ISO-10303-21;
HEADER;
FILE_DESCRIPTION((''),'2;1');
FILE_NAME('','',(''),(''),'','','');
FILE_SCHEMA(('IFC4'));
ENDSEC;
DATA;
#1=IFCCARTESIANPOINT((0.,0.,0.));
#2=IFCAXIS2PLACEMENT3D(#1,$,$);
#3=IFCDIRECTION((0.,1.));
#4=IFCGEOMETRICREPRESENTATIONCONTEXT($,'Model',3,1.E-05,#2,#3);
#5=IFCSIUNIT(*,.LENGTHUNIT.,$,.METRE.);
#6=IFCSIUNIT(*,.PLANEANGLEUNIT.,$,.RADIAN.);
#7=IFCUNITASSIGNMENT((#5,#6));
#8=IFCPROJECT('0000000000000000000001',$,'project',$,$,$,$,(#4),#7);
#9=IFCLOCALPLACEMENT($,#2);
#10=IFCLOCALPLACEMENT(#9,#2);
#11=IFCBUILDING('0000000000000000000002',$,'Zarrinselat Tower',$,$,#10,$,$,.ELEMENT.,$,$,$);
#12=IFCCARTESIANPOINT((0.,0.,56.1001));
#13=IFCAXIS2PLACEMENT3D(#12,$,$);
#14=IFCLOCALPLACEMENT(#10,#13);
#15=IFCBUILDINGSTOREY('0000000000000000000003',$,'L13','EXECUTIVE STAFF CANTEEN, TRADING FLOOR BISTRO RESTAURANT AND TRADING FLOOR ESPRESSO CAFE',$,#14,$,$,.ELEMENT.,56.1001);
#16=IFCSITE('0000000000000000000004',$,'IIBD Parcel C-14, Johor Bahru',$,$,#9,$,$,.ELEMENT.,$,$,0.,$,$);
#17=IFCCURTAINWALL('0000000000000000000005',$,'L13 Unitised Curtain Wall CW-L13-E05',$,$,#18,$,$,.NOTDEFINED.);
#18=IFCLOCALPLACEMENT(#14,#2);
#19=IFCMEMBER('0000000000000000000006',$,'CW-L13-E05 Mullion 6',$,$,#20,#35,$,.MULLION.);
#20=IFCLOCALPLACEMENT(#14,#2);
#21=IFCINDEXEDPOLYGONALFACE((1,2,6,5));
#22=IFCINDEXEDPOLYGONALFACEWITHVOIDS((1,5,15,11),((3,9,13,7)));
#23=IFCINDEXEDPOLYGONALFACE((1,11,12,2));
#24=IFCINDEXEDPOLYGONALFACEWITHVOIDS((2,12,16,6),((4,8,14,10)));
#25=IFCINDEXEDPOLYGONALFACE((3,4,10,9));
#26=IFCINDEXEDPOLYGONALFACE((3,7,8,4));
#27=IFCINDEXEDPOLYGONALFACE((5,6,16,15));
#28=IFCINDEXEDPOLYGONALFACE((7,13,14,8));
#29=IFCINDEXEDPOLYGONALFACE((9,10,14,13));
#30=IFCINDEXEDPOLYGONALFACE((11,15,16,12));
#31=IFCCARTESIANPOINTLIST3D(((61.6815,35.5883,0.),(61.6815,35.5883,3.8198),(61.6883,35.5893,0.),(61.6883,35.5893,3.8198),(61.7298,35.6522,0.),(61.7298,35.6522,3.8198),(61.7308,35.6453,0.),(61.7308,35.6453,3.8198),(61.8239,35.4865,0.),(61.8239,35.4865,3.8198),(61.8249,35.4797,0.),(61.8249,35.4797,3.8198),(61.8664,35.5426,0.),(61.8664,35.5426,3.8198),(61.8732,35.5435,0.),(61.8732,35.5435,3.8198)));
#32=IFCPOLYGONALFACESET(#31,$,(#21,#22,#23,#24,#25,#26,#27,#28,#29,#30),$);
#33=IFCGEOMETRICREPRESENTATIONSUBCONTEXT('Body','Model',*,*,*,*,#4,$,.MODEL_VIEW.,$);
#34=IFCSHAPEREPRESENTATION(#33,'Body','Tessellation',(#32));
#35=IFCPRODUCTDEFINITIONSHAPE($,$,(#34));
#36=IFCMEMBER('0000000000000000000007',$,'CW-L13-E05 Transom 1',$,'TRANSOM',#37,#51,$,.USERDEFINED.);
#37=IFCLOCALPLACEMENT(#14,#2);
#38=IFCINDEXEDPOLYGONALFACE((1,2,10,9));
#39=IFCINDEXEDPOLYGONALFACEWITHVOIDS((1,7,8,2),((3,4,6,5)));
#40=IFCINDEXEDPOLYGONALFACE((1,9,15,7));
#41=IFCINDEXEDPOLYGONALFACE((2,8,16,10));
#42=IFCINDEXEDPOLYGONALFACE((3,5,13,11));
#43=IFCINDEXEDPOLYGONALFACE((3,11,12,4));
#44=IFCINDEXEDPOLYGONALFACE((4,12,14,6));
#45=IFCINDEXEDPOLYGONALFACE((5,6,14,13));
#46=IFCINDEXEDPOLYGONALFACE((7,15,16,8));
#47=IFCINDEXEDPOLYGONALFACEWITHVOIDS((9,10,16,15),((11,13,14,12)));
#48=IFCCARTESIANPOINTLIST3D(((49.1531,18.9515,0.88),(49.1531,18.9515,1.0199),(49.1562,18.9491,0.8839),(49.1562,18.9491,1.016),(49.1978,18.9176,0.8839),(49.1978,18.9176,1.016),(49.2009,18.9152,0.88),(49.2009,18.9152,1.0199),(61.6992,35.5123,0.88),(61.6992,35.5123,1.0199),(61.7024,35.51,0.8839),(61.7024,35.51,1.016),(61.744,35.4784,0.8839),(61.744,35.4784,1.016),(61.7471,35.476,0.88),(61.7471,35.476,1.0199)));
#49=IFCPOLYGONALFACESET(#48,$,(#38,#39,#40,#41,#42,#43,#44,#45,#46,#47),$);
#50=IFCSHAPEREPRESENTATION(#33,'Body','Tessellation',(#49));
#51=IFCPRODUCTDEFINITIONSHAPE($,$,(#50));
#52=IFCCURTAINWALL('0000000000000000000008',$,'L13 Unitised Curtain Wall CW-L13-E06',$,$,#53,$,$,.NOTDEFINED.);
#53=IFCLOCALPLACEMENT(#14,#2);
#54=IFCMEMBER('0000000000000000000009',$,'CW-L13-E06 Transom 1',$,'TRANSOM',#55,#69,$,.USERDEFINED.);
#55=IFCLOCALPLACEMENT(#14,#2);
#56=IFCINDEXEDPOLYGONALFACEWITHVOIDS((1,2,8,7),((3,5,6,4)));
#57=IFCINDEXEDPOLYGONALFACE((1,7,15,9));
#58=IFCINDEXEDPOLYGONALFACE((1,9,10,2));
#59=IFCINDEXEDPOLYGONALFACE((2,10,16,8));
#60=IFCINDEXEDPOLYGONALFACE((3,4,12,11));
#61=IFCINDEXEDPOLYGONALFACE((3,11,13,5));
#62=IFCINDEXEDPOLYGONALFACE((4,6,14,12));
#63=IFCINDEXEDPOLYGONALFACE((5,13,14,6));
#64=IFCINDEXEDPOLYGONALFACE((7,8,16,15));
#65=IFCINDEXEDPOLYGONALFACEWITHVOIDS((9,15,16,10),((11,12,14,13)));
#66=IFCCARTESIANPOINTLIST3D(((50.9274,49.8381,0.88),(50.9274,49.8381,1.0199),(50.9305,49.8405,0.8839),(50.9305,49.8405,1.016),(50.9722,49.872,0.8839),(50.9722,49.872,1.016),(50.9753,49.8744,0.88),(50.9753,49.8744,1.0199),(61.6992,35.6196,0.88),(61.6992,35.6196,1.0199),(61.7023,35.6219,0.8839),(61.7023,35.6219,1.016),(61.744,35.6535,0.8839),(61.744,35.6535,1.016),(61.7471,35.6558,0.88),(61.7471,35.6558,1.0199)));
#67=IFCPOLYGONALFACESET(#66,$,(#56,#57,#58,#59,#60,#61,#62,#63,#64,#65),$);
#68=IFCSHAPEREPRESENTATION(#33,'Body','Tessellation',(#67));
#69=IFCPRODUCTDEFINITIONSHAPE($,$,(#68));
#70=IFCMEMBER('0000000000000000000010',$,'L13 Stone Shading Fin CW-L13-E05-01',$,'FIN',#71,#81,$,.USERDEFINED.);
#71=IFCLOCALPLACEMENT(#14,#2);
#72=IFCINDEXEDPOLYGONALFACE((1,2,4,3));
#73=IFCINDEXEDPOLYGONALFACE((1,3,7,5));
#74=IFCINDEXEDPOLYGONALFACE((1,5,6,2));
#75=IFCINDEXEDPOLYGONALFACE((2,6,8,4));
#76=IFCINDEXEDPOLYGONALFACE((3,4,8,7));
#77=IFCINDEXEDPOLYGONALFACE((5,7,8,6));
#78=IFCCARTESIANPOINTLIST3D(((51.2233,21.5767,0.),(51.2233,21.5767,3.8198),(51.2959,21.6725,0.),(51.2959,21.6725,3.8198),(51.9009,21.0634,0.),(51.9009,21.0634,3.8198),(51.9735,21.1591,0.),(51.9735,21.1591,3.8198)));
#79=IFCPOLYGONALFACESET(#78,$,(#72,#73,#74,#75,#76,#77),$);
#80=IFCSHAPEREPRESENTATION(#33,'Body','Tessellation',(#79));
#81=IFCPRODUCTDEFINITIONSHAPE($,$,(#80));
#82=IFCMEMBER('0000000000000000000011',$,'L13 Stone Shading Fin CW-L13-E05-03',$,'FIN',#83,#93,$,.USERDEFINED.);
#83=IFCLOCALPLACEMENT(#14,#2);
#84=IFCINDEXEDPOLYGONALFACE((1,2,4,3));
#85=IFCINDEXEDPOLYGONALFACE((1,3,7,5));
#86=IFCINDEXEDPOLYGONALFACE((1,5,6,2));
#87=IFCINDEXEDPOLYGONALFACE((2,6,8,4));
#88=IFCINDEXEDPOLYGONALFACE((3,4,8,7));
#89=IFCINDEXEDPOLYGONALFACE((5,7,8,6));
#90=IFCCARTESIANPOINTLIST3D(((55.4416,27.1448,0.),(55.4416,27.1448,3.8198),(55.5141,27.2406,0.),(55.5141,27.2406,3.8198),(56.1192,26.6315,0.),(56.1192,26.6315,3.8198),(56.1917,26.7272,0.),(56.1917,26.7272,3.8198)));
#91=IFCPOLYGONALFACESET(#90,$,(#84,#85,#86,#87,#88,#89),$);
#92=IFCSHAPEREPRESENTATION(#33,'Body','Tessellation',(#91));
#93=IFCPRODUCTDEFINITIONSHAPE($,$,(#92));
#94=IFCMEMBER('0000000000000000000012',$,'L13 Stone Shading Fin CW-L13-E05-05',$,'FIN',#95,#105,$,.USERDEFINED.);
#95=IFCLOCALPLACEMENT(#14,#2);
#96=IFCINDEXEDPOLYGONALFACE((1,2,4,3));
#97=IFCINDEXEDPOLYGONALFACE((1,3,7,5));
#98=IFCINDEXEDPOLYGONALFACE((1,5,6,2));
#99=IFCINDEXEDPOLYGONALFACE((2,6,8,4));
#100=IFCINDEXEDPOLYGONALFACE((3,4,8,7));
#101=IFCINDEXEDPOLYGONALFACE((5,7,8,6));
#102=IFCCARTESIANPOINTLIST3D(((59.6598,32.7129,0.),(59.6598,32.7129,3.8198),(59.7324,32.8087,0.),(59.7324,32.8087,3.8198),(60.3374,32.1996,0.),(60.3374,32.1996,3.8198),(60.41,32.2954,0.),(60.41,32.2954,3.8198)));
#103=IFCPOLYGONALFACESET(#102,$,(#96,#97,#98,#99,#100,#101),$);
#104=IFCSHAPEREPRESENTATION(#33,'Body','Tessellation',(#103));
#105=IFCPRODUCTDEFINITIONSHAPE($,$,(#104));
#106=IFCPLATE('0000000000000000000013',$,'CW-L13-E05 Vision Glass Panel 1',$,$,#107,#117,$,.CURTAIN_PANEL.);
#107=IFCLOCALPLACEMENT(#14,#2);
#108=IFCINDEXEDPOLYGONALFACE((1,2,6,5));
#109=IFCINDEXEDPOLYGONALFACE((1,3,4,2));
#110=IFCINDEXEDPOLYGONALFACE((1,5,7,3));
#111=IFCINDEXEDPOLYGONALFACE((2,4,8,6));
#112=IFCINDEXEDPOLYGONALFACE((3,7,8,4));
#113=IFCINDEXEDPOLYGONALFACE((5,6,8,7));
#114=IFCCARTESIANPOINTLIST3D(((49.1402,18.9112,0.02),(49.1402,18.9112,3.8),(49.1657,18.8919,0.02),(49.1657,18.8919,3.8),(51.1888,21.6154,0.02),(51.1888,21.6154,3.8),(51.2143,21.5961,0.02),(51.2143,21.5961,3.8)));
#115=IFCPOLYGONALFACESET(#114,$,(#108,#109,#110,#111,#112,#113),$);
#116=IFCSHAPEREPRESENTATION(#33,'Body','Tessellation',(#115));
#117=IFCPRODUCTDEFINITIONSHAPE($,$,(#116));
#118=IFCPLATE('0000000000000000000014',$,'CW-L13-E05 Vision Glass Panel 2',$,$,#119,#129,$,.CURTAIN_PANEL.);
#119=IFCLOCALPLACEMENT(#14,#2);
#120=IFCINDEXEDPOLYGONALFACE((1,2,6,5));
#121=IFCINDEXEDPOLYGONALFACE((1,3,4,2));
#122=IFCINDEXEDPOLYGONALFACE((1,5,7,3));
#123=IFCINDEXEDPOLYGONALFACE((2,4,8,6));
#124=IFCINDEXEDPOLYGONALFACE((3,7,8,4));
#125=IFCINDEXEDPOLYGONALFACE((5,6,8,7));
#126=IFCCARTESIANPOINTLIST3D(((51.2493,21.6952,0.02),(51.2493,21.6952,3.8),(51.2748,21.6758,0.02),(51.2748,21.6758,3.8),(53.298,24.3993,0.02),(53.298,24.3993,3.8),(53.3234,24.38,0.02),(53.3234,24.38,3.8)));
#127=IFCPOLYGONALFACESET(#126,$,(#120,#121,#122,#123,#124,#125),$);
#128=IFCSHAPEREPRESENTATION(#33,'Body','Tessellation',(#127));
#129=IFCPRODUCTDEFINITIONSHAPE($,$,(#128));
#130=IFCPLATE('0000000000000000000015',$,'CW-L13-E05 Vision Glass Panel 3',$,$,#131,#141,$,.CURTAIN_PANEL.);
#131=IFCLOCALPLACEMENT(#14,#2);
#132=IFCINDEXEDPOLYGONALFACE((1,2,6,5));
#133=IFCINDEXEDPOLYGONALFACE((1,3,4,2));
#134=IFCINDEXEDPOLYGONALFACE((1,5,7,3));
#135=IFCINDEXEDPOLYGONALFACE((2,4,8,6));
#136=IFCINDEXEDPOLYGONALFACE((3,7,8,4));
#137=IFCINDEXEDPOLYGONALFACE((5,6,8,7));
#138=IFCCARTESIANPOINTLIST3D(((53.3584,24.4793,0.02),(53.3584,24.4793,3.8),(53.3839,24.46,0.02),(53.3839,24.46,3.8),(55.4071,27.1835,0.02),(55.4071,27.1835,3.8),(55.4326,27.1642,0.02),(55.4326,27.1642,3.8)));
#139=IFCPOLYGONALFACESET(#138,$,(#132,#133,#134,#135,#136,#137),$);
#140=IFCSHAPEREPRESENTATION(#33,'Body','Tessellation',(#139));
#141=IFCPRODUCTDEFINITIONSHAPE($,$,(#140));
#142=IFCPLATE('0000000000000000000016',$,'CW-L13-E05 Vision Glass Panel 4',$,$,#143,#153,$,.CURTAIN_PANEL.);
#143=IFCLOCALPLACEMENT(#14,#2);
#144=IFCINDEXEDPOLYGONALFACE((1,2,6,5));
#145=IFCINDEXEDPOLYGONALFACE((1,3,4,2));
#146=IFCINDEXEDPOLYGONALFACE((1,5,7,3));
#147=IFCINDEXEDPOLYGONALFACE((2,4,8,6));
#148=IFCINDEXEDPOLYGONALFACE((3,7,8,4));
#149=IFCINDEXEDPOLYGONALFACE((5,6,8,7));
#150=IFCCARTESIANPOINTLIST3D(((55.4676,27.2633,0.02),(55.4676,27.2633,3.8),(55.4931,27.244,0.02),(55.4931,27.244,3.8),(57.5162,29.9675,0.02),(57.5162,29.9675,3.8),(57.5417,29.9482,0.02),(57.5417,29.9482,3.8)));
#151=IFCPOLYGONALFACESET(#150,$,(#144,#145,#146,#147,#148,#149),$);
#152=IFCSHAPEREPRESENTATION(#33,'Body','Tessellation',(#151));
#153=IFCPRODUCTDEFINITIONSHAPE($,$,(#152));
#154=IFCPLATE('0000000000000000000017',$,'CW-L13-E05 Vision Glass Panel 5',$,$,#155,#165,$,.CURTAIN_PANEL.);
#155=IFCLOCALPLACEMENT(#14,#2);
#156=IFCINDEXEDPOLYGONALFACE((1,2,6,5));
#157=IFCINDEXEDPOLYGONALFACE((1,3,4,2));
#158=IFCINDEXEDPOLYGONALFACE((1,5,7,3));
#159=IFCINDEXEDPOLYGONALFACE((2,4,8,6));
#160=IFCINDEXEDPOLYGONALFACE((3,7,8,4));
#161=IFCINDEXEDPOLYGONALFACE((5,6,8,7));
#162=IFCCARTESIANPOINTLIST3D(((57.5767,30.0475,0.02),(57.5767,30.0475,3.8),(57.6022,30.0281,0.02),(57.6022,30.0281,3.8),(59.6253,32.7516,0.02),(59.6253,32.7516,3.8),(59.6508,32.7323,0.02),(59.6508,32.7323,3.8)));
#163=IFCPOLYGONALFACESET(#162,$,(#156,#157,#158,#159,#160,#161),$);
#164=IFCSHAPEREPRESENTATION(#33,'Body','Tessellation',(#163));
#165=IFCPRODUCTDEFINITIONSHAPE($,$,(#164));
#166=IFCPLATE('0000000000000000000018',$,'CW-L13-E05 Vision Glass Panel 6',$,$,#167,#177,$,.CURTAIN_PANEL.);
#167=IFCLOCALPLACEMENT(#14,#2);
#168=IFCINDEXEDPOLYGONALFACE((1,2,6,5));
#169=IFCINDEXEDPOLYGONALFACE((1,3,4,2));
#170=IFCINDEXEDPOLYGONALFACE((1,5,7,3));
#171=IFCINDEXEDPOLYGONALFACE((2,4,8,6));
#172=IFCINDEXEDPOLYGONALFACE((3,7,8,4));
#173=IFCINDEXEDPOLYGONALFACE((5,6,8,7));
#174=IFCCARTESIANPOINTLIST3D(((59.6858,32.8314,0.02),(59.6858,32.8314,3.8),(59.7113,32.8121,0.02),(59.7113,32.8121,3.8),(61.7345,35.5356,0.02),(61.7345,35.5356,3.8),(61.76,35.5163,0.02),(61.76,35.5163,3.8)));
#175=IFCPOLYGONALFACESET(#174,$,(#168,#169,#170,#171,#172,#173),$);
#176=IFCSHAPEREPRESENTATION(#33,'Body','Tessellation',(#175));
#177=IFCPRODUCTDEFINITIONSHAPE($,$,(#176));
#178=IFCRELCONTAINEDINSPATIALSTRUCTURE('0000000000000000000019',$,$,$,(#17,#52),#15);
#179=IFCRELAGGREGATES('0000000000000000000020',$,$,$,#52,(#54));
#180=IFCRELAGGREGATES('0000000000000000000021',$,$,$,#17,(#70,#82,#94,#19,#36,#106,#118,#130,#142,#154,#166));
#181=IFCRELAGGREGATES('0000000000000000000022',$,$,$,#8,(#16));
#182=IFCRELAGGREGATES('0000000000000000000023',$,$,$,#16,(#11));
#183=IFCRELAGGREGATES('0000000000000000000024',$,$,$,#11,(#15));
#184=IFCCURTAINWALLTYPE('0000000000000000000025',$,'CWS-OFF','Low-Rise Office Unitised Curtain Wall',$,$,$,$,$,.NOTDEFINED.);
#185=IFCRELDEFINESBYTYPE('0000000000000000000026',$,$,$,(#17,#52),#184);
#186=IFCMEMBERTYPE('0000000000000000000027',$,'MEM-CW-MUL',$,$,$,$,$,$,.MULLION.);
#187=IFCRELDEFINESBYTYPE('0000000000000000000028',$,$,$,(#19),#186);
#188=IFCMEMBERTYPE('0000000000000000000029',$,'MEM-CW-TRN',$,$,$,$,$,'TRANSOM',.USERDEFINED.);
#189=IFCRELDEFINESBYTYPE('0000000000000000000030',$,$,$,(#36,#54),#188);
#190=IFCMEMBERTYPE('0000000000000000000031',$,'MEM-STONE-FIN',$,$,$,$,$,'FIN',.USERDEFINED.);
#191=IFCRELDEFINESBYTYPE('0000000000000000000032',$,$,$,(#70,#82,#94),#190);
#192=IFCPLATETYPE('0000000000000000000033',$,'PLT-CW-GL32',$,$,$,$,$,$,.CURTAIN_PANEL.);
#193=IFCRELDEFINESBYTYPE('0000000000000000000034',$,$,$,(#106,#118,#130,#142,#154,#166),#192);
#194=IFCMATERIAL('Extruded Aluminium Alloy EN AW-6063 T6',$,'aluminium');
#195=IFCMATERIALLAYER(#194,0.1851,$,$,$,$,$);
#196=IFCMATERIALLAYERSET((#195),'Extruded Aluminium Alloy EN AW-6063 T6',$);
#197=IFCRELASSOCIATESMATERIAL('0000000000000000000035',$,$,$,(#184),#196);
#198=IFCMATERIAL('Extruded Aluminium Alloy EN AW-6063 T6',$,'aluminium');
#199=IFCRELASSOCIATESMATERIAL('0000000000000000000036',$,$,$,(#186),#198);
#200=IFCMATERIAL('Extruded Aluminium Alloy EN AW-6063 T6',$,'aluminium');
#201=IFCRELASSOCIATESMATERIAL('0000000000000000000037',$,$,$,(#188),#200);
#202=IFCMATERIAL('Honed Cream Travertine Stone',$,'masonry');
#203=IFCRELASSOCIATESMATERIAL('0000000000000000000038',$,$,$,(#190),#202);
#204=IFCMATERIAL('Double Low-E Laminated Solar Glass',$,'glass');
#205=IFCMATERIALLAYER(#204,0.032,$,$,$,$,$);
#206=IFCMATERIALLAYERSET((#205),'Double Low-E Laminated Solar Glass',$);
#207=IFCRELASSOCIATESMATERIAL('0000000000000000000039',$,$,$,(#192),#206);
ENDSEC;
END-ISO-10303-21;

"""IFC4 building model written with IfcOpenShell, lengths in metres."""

from ifc_helpers import new_model, si_unit, direction, frame, origin, origin_2d, place, context, subcontext, project, spatial, rectangle, hollow_rectangle, extrude, material, layer, layer_set, material_profile, profile_set, type_object, element, aggregate, save


model = new_model("IFC4")

# Units and contexts
model_context = context("Model", 3, precision=1e-05, world=origin(), true_north=direction((0.0, 1.0)))
body_context = subcontext(model_context, "Body", "Model", "MODEL_VIEW")
ifc_project = project(units=[si_unit("LENGTHUNIT", "METRE"), si_unit("PLANEANGLEUNIT", "RADIAN")], contexts=[model_context])

# Site, building, storey
site_placement = place(None, origin())
site = spatial("IfcSite", under=ifc_project, at=site_placement, Name="IIBD Parcel C-14, Johor Bahru", CompositionType="ELEMENT", RefElevation=0.0)
building_placement = place(site_placement, origin())
building = spatial("IfcBuilding", under=site, at=building_placement, Name="Zarrinselat Tower", CompositionType="ELEMENT")
storey_placement = place(building_placement, frame((0.0, 0.0, 56.1001)))
storey = spatial("IfcBuildingStorey", under=building, at=storey_placement, Name="L13", Description="EXECUTIVE STAFF CANTEEN, TRADING FLOOR BISTRO RESTAURANT AND TRADING FLOOR ESPRESSO CAFE", CompositionType="ELEMENT", Elevation=56.1001)

# Shared definitions
ifc_material_1 = material(Name="Extruded Aluminium Alloy EN AW-6063 T6", Category="aluminium")
ifc_layer_1 = layer(ifc_material_1, 0.1851)
ifc_layer_set_1 = layer_set([ifc_layer_1], Name="Extruded Aluminium Alloy EN AW-6063 T6")
curtain_wall_type = type_object("IfcCurtainWallType", Name="CWS-OFF", Description="Low-Rise Office Unitised Curtain Wall", PredefinedType="NOTDEFINED", material=ifc_layer_set_1)
ifc_material_2 = material(Name="Extruded Aluminium Alloy EN AW-6063 T6", Category="aluminium")
ifc_material_profile_1 = material_profile(ifc_material_2, hollow_rectangle(XDim=0.0801, YDim=0.1799, WallThickness=0.0049, at=origin_2d()), Name="RHS 180x80x5")
ifc_profile_set_1 = profile_set([ifc_material_profile_1], Name="Extruded Aluminium Alloy EN AW-6063 T6")
member_type_1 = type_object("IfcMemberType", Name="MEM-CW-MUL", PredefinedType="MULLION", material=ifc_profile_set_1)

# Curtain wall, members
curtain_wall_1_placement = place(storey_placement, origin())
curtain_wall_1 = element("IfcCurtainWall", 1, at=curtain_wall_1_placement, inside=storey, type_object=curtain_wall_type, Name="L13 Unitised Curtain Wall CW-L13-E05", PredefinedType="NOTDEFINED")
member_1_placement = place(storey_placement, frame((61.7773, 35.5659, 0.0), z_axis=(0.0, 0.0, 1.0), x_axis=(0.603861, 0.79709, 0.0)))
member_1 = element("IfcMember", 2, at=member_1_placement, type_object=member_type_1, Name="CW-L13-E05 Mullion 6", PredefinedType="MULLION", context=body_context, shape_type="SweptSolid", body=[
    extrude(hollow_rectangle(XDim=0.0801, YDim=0.1799, WallThickness=0.0049, at=origin_2d()), origin(), (0.0, 0.0, 1.0), 3.8198),
])
ifc_material_3 = material(Name="Extruded Aluminium Alloy EN AW-6063 T6", Category="aluminium")
ifc_material_profile_2 = material_profile(ifc_material_3, hollow_rectangle(XDim=0.0601, YDim=0.1399, WallThickness=0.0039, at=origin_2d()), Name="RHS 140x60x4")
ifc_profile_set_2 = profile_set([ifc_material_profile_2], Name="Extruded Aluminium Alloy EN AW-6063 T6")
member_type_2 = type_object("IfcMemberType", Name="MEM-CW-TRN", ElementType="TRANSOM", PredefinedType="USERDEFINED", material=ifc_profile_set_2)
member_2_placement = place(storey_placement, frame((49.177, 18.9333, 0.95), z_axis=(0.60386, 0.79709, 0.0), x_axis=(-0.79709, 0.60386, 0.0)))
member_2 = element("IfcMember", 3, at=member_2_placement, type_object=member_type_2, Name="CW-L13-E05 Transom 1", ObjectType="TRANSOM", PredefinedType="USERDEFINED", context=body_context, shape_type="SweptSolid", body=[
    extrude(hollow_rectangle(XDim=0.0601, YDim=0.1399, WallThickness=0.0039, at=origin_2d()), origin(), (0.0, 0.0, 1.0), 20.7766),
])

# Curtain wall, member
curtain_wall_2_placement = place(storey_placement, origin())
curtain_wall_2 = element("IfcCurtainWall", 4, at=curtain_wall_2_placement, inside=storey, type_object=curtain_wall_type, Name="L13 Unitised Curtain Wall CW-L13-E06", PredefinedType="NOTDEFINED")
member_3_placement = place(storey_placement, frame((61.7231, 35.6377, 0.95), z_axis=(-0.603862, 0.797089, 0.0), x_axis=(-0.797089, -0.603862, 0.0)))
member_3 = element("IfcMember", 5, at=member_3_placement, type_object=member_type_2, Name="CW-L13-E06 Transom 1", ObjectType="TRANSOM", PredefinedType="USERDEFINED", context=body_context, shape_type="SweptSolid", body=[
    extrude(hollow_rectangle(XDim=0.0601, YDim=0.1399, WallThickness=0.0039, at=origin_2d()), origin(), (0.0, 0.0, 1.0), 17.8381),
])
aggregate(curtain_wall_2, [member_3])

# Members
ifc_material_4 = material(Name="Honed Cream Travertine Stone", Category="masonry")
ifc_material_profile_3 = material_profile(ifc_material_4, rectangle(XDim=0.1201, YDim=0.8501, at=origin_2d()), Name="FIN 850x120")
ifc_profile_set_3 = profile_set([ifc_material_profile_3], Name="Honed Cream Travertine Stone")
member_type_3 = type_object("IfcMemberType", Name="MEM-STONE-FIN", ElementType="FIN", PredefinedType="USERDEFINED", material=ifc_profile_set_3)
member_4_placement = place(storey_placement, frame((51.5984, 21.3679, 0.0), z_axis=(0.0, 0.0, 1.0), x_axis=(-0.603861, -0.79709, 0.0)))
member_4 = element("IfcMember", 6, at=member_4_placement, type_object=member_type_3, Name="L13 Stone Shading Fin CW-L13-E05-01", ObjectType="FIN", PredefinedType="USERDEFINED", context=body_context, shape_type="SweptSolid", body=[
    extrude(rectangle(XDim=0.1201, YDim=0.8501, at=origin_2d()), origin(), (0.0, 0.0, 1.0), 3.8198),
])
member_5_placement = place(storey_placement, frame((55.8167, 26.936, 0.0), z_axis=(0.0, 0.0, 1.0), x_axis=(-0.603861, -0.79709, 0.0)))
member_5 = element("IfcMember", 7, at=member_5_placement, type_object=member_type_3, Name="L13 Stone Shading Fin CW-L13-E05-03", ObjectType="FIN", PredefinedType="USERDEFINED", context=body_context, shape_type="SweptSolid", body=[
    extrude(rectangle(XDim=0.1201, YDim=0.8501, at=origin_2d()), origin(), (0.0, 0.0, 1.0), 3.8198),
])
member_6_placement = place(storey_placement, frame((60.0349, 32.5042, 0.0), z_axis=(0.0, 0.0, 1.0), x_axis=(-0.603861, -0.79709, 0.0)))
member_6 = element("IfcMember", 8, at=member_6_placement, type_object=member_type_3, Name="L13 Stone Shading Fin CW-L13-E05-05", ObjectType="FIN", PredefinedType="USERDEFINED", context=body_context, shape_type="SweptSolid", body=[
    extrude(rectangle(XDim=0.1201, YDim=0.8501, at=origin_2d()), origin(), (0.0, 0.0, 1.0), 3.8198),
])

# Plates
ifc_material_5 = material(Name="Double Low-E Laminated Solar Glass", Category="glass")
ifc_layer_2 = layer(ifc_material_5, 0.032)
ifc_layer_set_2 = layer_set([ifc_layer_2], Name="Double Low-E Laminated Solar Glass")
plate_type = type_object("IfcPlateType", Name="PLT-CW-GL32", PredefinedType="CURTAIN_PANEL", material=ifc_layer_set_2)
plate_1_placement = place(storey_placement, frame((50.1772, 20.2537, 0.02), z_axis=(0.0, 0.0, 1.0), x_axis=(0.603861, 0.79709, 0.0)))
plate_1 = element("IfcPlate", 9, at=plate_1_placement, type_object=plate_type, Name="CW-L13-E05 Vision Glass Panel 1", PredefinedType="CURTAIN_PANEL", context=body_context, shape_type="SweptSolid", body=[
    extrude(rectangle(XDim=3.3926, YDim=0.032, at=origin_2d()), origin(), (0.0, 0.0, 1.0), 3.78),
])
plate_2_placement = place(storey_placement, frame((52.2864, 23.0376, 0.02), z_axis=(0.0, 0.0, 1.0), x_axis=(0.603861, 0.79709, 0.0)))
plate_2 = element("IfcPlate", 10, at=plate_2_placement, type_object=plate_type, Name="CW-L13-E05 Vision Glass Panel 2", PredefinedType="CURTAIN_PANEL", context=body_context, shape_type="SweptSolid", body=[
    extrude(rectangle(XDim=3.3926, YDim=0.032, at=origin_2d()), origin(), (0.0, 0.0, 1.0), 3.78),
])
plate_3_placement = place(storey_placement, frame((54.3955, 25.8218, 0.02), z_axis=(0.0, 0.0, 1.0), x_axis=(0.603861, 0.79709, 0.0)))
plate_3 = element("IfcPlate", 11, at=plate_3_placement, type_object=plate_type, Name="CW-L13-E05 Vision Glass Panel 3", PredefinedType="CURTAIN_PANEL", context=body_context, shape_type="SweptSolid", body=[
    extrude(rectangle(XDim=3.3926, YDim=0.032, at=origin_2d()), origin(), (0.0, 0.0, 1.0), 3.78),
])
plate_4_placement = place(storey_placement, frame((56.5046, 28.6057, 0.02), z_axis=(0.0, 0.0, 1.0), x_axis=(0.603861, 0.79709, 0.0)))
plate_4 = element("IfcPlate", 12, at=plate_4_placement, type_object=plate_type, Name="CW-L13-E05 Vision Glass Panel 4", PredefinedType="CURTAIN_PANEL", context=body_context, shape_type="SweptSolid", body=[
    extrude(rectangle(XDim=3.3926, YDim=0.032, at=origin_2d()), origin(), (0.0, 0.0, 1.0), 3.78),
])
plate_5_placement = place(storey_placement, frame((58.6138, 31.3899, 0.02), z_axis=(0.0, 0.0, 1.0), x_axis=(0.603861, 0.79709, 0.0)))
plate_5 = element("IfcPlate", 13, at=plate_5_placement, type_object=plate_type, Name="CW-L13-E05 Vision Glass Panel 5", PredefinedType="CURTAIN_PANEL", context=body_context, shape_type="SweptSolid", body=[
    extrude(rectangle(XDim=3.3926, YDim=0.032, at=origin_2d()), origin(), (0.0, 0.0, 1.0), 3.78),
])
plate_6_placement = place(storey_placement, frame((60.7229, 34.1738, 0.02), z_axis=(0.0, 0.0, 1.0), x_axis=(0.603861, 0.79709, 0.0)))
plate_6 = element("IfcPlate", 14, at=plate_6_placement, type_object=plate_type, Name="CW-L13-E05 Vision Glass Panel 6", PredefinedType="CURTAIN_PANEL", context=body_context, shape_type="SweptSolid", body=[
    extrude(rectangle(XDim=3.3926, YDim=0.032, at=origin_2d()), origin(), (0.0, 0.0, 1.0), 3.78),
])
aggregate(curtain_wall_1, [member_4, member_5, member_6, member_1, member_2, plate_1, plate_2, plate_3, plate_4, plate_5, plate_6])

save(model, "model.ifc")
